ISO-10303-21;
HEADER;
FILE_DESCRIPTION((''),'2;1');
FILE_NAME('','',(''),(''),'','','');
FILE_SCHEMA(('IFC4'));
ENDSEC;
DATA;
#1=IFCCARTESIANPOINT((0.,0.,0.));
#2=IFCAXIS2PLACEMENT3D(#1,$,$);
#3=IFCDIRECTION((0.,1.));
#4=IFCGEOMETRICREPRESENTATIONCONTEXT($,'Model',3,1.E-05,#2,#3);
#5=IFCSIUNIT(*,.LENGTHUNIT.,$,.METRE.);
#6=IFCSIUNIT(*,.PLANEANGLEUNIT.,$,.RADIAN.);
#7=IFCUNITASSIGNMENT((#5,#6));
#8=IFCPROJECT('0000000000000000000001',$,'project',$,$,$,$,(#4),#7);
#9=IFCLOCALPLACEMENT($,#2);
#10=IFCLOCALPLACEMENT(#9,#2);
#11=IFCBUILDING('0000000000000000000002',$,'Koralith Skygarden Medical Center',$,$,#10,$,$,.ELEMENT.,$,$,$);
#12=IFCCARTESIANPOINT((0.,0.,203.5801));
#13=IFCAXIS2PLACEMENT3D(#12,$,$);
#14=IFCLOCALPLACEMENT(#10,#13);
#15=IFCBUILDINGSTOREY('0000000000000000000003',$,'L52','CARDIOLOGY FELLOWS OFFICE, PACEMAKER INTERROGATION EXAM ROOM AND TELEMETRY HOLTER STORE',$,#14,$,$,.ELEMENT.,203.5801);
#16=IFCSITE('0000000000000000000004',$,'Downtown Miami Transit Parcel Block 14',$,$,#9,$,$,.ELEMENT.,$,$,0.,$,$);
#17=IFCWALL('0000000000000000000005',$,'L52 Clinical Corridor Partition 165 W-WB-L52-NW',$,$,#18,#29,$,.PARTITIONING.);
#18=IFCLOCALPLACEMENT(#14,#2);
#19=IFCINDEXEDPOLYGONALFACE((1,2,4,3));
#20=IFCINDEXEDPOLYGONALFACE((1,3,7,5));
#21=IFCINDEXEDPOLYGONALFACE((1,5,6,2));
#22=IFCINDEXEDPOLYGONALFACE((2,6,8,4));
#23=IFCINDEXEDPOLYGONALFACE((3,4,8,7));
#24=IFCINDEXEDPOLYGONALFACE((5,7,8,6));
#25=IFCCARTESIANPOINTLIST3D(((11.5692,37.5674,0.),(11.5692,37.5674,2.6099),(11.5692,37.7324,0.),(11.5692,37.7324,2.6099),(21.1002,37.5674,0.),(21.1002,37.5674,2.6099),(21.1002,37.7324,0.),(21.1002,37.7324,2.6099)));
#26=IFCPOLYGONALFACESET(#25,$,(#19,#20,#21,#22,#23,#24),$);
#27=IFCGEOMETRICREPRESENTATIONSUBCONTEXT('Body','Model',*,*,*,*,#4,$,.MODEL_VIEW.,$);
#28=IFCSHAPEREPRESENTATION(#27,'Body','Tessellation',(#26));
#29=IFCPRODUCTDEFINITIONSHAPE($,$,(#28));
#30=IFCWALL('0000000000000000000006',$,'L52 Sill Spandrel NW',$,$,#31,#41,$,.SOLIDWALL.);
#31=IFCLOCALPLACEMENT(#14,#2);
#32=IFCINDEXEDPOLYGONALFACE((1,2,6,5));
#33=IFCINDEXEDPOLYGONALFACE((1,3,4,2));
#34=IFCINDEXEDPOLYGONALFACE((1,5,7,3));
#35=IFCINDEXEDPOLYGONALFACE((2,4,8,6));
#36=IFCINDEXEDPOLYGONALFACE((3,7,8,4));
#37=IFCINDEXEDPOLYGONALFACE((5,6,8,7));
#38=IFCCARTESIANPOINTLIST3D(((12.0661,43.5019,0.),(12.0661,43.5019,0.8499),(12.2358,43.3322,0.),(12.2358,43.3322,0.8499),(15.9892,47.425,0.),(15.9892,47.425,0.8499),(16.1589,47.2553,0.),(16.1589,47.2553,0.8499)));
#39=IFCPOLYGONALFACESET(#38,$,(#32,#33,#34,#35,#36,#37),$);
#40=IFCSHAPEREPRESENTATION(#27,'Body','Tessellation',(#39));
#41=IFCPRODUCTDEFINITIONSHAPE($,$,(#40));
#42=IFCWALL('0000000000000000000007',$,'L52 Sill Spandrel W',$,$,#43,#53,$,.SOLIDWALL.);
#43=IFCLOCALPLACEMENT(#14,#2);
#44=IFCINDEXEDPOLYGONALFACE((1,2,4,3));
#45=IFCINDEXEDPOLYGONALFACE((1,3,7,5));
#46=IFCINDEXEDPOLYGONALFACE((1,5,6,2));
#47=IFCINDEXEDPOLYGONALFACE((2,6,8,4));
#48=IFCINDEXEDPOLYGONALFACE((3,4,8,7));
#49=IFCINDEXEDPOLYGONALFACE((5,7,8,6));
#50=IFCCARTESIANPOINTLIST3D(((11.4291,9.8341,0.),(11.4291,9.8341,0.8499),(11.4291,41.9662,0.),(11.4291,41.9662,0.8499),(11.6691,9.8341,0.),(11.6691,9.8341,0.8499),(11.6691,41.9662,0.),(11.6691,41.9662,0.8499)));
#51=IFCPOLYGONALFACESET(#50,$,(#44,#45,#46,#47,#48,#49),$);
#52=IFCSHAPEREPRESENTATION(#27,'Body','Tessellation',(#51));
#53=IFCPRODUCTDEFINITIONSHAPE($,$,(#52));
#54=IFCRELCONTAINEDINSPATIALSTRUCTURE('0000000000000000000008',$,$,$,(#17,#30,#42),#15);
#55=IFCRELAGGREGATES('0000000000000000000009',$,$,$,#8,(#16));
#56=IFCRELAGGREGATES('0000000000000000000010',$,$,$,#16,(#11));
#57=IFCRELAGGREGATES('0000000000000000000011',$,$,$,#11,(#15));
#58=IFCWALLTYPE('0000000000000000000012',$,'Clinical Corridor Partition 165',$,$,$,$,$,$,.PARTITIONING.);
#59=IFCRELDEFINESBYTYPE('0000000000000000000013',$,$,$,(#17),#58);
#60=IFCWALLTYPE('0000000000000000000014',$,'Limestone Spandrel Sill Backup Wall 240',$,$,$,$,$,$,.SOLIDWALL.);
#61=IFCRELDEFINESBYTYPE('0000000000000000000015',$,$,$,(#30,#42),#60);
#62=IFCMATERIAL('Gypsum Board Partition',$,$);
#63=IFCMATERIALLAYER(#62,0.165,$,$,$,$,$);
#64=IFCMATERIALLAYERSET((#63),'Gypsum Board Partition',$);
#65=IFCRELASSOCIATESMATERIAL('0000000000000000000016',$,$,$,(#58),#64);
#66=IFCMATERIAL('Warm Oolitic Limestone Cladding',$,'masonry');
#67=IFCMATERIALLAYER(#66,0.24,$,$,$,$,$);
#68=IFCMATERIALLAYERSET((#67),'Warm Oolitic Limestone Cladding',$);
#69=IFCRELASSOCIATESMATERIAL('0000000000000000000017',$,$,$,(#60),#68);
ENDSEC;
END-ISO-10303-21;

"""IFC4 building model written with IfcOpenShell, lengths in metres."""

from ifc_helpers import new_model, si_unit, direction, frame, frame_2d, origin, place, context, subcontext, project, spatial, rectangle, extrude, material, layer, layer_set, type_object, element, save


model = new_model("IFC4")

# Units and contexts
model_context = context("Model", 3, precision=1e-05, world=origin(), true_north=direction((0.0, 1.0)))
body_context = subcontext(model_context, "Body", "Model", "MODEL_VIEW")
ifc_project = project(units=[si_unit("LENGTHUNIT", "METRE"), si_unit("PLANEANGLEUNIT", "RADIAN")], contexts=[model_context])

# Site, building, storey
site_placement = place(None, origin())
site = spatial("IfcSite", under=ifc_project, at=site_placement, Name="Downtown Miami Transit Parcel Block 14", CompositionType="ELEMENT", RefElevation=0.0)
building_placement = place(site_placement, origin())
building = spatial("IfcBuilding", under=site, at=building_placement, Name="Koralith Skygarden Medical Center", CompositionType="ELEMENT")
storey_placement = place(building_placement, frame((0.0, 0.0, 203.5801)))
storey = spatial("IfcBuildingStorey", under=building, at=storey_placement, Name="L52", Description="CARDIOLOGY FELLOWS OFFICE, PACEMAKER INTERROGATION EXAM ROOM AND TELEMETRY HOLTER STORE", CompositionType="ELEMENT", Elevation=203.5801)

# Shared definitions
ifc_material_1 = material(Name="Warm Oolitic Limestone Cladding", Category="masonry")

# Walls
ifc_material_2 = material(Name="Gypsum Board Partition")
ifc_layer_1 = layer(ifc_material_2, 0.165)
ifc_layer_set_1 = layer_set([ifc_layer_1], Name="Gypsum Board Partition")
wall_type_1 = type_object("IfcWallType", Name="Clinical Corridor Partition 165", PredefinedType="PARTITIONING", material=ifc_layer_set_1)
wall_1_placement = place(storey_placement, frame((11.5691, 37.6499, 0.0), z_axis=(0.0, 0.0, 1.0), x_axis=(1.0, 0.0, 0.0)))
element("IfcWall", 1, at=wall_1_placement, inside=storey, type_object=wall_type_1, Name="L52 Clinical Corridor Partition 165 W-WB-L52-NW", PredefinedType="PARTITIONING", context=body_context, shape_type="SweptSolid", body=[
    extrude(rectangle(XDim=9.531, YDim=0.165, at=frame_2d((4.7656, 0.0))), origin(), (0.0, 0.0, 1.0), 2.6099),
])
ifc_layer_2 = layer(ifc_material_1, 0.24)
ifc_layer_set_2 = layer_set([ifc_layer_2], Name="Warm Oolitic Limestone Cladding")
wall_type_2 = type_object("IfcWallType", Name="Limestone Spandrel Sill Backup Wall 240", PredefinedType="SOLIDWALL", material=ifc_layer_set_2)
wall_2_placement = place(storey_placement, frame((16.074, 47.3401, 0.0), z_axis=(0.0, 0.0, 1.0), x_axis=(-0.707107, -0.707107, 0.0)))
element("IfcWall", 2, at=wall_2_placement, inside=storey, type_object=wall_type_2, Name="L52 Sill Spandrel NW", PredefinedType="SOLIDWALL", context=body_context, shape_type="SweptSolid", body=[
    extrude(rectangle(XDim=5.5481, YDim=0.24, at=frame_2d((2.7739, 0.0))), origin(), (0.0, 0.0, 1.0), 0.8499),
])
wall_3_placement = place(storey_placement, frame((11.5491, 41.9661, 0.0), z_axis=(0.0, 0.0, 1.0), x_axis=(0.0, -1.0, 0.0)))
element("IfcWall", 3, at=wall_3_placement, inside=storey, type_object=wall_type_2, Name="L52 Sill Spandrel W", PredefinedType="SOLIDWALL", context=body_context, shape_type="SweptSolid", body=[
    extrude(rectangle(XDim=32.1321, YDim=0.24, at=frame_2d((16.0659, 0.0))), origin(), (0.0, 0.0, 1.0), 0.8499),
])

save(model, "model.ifc")
